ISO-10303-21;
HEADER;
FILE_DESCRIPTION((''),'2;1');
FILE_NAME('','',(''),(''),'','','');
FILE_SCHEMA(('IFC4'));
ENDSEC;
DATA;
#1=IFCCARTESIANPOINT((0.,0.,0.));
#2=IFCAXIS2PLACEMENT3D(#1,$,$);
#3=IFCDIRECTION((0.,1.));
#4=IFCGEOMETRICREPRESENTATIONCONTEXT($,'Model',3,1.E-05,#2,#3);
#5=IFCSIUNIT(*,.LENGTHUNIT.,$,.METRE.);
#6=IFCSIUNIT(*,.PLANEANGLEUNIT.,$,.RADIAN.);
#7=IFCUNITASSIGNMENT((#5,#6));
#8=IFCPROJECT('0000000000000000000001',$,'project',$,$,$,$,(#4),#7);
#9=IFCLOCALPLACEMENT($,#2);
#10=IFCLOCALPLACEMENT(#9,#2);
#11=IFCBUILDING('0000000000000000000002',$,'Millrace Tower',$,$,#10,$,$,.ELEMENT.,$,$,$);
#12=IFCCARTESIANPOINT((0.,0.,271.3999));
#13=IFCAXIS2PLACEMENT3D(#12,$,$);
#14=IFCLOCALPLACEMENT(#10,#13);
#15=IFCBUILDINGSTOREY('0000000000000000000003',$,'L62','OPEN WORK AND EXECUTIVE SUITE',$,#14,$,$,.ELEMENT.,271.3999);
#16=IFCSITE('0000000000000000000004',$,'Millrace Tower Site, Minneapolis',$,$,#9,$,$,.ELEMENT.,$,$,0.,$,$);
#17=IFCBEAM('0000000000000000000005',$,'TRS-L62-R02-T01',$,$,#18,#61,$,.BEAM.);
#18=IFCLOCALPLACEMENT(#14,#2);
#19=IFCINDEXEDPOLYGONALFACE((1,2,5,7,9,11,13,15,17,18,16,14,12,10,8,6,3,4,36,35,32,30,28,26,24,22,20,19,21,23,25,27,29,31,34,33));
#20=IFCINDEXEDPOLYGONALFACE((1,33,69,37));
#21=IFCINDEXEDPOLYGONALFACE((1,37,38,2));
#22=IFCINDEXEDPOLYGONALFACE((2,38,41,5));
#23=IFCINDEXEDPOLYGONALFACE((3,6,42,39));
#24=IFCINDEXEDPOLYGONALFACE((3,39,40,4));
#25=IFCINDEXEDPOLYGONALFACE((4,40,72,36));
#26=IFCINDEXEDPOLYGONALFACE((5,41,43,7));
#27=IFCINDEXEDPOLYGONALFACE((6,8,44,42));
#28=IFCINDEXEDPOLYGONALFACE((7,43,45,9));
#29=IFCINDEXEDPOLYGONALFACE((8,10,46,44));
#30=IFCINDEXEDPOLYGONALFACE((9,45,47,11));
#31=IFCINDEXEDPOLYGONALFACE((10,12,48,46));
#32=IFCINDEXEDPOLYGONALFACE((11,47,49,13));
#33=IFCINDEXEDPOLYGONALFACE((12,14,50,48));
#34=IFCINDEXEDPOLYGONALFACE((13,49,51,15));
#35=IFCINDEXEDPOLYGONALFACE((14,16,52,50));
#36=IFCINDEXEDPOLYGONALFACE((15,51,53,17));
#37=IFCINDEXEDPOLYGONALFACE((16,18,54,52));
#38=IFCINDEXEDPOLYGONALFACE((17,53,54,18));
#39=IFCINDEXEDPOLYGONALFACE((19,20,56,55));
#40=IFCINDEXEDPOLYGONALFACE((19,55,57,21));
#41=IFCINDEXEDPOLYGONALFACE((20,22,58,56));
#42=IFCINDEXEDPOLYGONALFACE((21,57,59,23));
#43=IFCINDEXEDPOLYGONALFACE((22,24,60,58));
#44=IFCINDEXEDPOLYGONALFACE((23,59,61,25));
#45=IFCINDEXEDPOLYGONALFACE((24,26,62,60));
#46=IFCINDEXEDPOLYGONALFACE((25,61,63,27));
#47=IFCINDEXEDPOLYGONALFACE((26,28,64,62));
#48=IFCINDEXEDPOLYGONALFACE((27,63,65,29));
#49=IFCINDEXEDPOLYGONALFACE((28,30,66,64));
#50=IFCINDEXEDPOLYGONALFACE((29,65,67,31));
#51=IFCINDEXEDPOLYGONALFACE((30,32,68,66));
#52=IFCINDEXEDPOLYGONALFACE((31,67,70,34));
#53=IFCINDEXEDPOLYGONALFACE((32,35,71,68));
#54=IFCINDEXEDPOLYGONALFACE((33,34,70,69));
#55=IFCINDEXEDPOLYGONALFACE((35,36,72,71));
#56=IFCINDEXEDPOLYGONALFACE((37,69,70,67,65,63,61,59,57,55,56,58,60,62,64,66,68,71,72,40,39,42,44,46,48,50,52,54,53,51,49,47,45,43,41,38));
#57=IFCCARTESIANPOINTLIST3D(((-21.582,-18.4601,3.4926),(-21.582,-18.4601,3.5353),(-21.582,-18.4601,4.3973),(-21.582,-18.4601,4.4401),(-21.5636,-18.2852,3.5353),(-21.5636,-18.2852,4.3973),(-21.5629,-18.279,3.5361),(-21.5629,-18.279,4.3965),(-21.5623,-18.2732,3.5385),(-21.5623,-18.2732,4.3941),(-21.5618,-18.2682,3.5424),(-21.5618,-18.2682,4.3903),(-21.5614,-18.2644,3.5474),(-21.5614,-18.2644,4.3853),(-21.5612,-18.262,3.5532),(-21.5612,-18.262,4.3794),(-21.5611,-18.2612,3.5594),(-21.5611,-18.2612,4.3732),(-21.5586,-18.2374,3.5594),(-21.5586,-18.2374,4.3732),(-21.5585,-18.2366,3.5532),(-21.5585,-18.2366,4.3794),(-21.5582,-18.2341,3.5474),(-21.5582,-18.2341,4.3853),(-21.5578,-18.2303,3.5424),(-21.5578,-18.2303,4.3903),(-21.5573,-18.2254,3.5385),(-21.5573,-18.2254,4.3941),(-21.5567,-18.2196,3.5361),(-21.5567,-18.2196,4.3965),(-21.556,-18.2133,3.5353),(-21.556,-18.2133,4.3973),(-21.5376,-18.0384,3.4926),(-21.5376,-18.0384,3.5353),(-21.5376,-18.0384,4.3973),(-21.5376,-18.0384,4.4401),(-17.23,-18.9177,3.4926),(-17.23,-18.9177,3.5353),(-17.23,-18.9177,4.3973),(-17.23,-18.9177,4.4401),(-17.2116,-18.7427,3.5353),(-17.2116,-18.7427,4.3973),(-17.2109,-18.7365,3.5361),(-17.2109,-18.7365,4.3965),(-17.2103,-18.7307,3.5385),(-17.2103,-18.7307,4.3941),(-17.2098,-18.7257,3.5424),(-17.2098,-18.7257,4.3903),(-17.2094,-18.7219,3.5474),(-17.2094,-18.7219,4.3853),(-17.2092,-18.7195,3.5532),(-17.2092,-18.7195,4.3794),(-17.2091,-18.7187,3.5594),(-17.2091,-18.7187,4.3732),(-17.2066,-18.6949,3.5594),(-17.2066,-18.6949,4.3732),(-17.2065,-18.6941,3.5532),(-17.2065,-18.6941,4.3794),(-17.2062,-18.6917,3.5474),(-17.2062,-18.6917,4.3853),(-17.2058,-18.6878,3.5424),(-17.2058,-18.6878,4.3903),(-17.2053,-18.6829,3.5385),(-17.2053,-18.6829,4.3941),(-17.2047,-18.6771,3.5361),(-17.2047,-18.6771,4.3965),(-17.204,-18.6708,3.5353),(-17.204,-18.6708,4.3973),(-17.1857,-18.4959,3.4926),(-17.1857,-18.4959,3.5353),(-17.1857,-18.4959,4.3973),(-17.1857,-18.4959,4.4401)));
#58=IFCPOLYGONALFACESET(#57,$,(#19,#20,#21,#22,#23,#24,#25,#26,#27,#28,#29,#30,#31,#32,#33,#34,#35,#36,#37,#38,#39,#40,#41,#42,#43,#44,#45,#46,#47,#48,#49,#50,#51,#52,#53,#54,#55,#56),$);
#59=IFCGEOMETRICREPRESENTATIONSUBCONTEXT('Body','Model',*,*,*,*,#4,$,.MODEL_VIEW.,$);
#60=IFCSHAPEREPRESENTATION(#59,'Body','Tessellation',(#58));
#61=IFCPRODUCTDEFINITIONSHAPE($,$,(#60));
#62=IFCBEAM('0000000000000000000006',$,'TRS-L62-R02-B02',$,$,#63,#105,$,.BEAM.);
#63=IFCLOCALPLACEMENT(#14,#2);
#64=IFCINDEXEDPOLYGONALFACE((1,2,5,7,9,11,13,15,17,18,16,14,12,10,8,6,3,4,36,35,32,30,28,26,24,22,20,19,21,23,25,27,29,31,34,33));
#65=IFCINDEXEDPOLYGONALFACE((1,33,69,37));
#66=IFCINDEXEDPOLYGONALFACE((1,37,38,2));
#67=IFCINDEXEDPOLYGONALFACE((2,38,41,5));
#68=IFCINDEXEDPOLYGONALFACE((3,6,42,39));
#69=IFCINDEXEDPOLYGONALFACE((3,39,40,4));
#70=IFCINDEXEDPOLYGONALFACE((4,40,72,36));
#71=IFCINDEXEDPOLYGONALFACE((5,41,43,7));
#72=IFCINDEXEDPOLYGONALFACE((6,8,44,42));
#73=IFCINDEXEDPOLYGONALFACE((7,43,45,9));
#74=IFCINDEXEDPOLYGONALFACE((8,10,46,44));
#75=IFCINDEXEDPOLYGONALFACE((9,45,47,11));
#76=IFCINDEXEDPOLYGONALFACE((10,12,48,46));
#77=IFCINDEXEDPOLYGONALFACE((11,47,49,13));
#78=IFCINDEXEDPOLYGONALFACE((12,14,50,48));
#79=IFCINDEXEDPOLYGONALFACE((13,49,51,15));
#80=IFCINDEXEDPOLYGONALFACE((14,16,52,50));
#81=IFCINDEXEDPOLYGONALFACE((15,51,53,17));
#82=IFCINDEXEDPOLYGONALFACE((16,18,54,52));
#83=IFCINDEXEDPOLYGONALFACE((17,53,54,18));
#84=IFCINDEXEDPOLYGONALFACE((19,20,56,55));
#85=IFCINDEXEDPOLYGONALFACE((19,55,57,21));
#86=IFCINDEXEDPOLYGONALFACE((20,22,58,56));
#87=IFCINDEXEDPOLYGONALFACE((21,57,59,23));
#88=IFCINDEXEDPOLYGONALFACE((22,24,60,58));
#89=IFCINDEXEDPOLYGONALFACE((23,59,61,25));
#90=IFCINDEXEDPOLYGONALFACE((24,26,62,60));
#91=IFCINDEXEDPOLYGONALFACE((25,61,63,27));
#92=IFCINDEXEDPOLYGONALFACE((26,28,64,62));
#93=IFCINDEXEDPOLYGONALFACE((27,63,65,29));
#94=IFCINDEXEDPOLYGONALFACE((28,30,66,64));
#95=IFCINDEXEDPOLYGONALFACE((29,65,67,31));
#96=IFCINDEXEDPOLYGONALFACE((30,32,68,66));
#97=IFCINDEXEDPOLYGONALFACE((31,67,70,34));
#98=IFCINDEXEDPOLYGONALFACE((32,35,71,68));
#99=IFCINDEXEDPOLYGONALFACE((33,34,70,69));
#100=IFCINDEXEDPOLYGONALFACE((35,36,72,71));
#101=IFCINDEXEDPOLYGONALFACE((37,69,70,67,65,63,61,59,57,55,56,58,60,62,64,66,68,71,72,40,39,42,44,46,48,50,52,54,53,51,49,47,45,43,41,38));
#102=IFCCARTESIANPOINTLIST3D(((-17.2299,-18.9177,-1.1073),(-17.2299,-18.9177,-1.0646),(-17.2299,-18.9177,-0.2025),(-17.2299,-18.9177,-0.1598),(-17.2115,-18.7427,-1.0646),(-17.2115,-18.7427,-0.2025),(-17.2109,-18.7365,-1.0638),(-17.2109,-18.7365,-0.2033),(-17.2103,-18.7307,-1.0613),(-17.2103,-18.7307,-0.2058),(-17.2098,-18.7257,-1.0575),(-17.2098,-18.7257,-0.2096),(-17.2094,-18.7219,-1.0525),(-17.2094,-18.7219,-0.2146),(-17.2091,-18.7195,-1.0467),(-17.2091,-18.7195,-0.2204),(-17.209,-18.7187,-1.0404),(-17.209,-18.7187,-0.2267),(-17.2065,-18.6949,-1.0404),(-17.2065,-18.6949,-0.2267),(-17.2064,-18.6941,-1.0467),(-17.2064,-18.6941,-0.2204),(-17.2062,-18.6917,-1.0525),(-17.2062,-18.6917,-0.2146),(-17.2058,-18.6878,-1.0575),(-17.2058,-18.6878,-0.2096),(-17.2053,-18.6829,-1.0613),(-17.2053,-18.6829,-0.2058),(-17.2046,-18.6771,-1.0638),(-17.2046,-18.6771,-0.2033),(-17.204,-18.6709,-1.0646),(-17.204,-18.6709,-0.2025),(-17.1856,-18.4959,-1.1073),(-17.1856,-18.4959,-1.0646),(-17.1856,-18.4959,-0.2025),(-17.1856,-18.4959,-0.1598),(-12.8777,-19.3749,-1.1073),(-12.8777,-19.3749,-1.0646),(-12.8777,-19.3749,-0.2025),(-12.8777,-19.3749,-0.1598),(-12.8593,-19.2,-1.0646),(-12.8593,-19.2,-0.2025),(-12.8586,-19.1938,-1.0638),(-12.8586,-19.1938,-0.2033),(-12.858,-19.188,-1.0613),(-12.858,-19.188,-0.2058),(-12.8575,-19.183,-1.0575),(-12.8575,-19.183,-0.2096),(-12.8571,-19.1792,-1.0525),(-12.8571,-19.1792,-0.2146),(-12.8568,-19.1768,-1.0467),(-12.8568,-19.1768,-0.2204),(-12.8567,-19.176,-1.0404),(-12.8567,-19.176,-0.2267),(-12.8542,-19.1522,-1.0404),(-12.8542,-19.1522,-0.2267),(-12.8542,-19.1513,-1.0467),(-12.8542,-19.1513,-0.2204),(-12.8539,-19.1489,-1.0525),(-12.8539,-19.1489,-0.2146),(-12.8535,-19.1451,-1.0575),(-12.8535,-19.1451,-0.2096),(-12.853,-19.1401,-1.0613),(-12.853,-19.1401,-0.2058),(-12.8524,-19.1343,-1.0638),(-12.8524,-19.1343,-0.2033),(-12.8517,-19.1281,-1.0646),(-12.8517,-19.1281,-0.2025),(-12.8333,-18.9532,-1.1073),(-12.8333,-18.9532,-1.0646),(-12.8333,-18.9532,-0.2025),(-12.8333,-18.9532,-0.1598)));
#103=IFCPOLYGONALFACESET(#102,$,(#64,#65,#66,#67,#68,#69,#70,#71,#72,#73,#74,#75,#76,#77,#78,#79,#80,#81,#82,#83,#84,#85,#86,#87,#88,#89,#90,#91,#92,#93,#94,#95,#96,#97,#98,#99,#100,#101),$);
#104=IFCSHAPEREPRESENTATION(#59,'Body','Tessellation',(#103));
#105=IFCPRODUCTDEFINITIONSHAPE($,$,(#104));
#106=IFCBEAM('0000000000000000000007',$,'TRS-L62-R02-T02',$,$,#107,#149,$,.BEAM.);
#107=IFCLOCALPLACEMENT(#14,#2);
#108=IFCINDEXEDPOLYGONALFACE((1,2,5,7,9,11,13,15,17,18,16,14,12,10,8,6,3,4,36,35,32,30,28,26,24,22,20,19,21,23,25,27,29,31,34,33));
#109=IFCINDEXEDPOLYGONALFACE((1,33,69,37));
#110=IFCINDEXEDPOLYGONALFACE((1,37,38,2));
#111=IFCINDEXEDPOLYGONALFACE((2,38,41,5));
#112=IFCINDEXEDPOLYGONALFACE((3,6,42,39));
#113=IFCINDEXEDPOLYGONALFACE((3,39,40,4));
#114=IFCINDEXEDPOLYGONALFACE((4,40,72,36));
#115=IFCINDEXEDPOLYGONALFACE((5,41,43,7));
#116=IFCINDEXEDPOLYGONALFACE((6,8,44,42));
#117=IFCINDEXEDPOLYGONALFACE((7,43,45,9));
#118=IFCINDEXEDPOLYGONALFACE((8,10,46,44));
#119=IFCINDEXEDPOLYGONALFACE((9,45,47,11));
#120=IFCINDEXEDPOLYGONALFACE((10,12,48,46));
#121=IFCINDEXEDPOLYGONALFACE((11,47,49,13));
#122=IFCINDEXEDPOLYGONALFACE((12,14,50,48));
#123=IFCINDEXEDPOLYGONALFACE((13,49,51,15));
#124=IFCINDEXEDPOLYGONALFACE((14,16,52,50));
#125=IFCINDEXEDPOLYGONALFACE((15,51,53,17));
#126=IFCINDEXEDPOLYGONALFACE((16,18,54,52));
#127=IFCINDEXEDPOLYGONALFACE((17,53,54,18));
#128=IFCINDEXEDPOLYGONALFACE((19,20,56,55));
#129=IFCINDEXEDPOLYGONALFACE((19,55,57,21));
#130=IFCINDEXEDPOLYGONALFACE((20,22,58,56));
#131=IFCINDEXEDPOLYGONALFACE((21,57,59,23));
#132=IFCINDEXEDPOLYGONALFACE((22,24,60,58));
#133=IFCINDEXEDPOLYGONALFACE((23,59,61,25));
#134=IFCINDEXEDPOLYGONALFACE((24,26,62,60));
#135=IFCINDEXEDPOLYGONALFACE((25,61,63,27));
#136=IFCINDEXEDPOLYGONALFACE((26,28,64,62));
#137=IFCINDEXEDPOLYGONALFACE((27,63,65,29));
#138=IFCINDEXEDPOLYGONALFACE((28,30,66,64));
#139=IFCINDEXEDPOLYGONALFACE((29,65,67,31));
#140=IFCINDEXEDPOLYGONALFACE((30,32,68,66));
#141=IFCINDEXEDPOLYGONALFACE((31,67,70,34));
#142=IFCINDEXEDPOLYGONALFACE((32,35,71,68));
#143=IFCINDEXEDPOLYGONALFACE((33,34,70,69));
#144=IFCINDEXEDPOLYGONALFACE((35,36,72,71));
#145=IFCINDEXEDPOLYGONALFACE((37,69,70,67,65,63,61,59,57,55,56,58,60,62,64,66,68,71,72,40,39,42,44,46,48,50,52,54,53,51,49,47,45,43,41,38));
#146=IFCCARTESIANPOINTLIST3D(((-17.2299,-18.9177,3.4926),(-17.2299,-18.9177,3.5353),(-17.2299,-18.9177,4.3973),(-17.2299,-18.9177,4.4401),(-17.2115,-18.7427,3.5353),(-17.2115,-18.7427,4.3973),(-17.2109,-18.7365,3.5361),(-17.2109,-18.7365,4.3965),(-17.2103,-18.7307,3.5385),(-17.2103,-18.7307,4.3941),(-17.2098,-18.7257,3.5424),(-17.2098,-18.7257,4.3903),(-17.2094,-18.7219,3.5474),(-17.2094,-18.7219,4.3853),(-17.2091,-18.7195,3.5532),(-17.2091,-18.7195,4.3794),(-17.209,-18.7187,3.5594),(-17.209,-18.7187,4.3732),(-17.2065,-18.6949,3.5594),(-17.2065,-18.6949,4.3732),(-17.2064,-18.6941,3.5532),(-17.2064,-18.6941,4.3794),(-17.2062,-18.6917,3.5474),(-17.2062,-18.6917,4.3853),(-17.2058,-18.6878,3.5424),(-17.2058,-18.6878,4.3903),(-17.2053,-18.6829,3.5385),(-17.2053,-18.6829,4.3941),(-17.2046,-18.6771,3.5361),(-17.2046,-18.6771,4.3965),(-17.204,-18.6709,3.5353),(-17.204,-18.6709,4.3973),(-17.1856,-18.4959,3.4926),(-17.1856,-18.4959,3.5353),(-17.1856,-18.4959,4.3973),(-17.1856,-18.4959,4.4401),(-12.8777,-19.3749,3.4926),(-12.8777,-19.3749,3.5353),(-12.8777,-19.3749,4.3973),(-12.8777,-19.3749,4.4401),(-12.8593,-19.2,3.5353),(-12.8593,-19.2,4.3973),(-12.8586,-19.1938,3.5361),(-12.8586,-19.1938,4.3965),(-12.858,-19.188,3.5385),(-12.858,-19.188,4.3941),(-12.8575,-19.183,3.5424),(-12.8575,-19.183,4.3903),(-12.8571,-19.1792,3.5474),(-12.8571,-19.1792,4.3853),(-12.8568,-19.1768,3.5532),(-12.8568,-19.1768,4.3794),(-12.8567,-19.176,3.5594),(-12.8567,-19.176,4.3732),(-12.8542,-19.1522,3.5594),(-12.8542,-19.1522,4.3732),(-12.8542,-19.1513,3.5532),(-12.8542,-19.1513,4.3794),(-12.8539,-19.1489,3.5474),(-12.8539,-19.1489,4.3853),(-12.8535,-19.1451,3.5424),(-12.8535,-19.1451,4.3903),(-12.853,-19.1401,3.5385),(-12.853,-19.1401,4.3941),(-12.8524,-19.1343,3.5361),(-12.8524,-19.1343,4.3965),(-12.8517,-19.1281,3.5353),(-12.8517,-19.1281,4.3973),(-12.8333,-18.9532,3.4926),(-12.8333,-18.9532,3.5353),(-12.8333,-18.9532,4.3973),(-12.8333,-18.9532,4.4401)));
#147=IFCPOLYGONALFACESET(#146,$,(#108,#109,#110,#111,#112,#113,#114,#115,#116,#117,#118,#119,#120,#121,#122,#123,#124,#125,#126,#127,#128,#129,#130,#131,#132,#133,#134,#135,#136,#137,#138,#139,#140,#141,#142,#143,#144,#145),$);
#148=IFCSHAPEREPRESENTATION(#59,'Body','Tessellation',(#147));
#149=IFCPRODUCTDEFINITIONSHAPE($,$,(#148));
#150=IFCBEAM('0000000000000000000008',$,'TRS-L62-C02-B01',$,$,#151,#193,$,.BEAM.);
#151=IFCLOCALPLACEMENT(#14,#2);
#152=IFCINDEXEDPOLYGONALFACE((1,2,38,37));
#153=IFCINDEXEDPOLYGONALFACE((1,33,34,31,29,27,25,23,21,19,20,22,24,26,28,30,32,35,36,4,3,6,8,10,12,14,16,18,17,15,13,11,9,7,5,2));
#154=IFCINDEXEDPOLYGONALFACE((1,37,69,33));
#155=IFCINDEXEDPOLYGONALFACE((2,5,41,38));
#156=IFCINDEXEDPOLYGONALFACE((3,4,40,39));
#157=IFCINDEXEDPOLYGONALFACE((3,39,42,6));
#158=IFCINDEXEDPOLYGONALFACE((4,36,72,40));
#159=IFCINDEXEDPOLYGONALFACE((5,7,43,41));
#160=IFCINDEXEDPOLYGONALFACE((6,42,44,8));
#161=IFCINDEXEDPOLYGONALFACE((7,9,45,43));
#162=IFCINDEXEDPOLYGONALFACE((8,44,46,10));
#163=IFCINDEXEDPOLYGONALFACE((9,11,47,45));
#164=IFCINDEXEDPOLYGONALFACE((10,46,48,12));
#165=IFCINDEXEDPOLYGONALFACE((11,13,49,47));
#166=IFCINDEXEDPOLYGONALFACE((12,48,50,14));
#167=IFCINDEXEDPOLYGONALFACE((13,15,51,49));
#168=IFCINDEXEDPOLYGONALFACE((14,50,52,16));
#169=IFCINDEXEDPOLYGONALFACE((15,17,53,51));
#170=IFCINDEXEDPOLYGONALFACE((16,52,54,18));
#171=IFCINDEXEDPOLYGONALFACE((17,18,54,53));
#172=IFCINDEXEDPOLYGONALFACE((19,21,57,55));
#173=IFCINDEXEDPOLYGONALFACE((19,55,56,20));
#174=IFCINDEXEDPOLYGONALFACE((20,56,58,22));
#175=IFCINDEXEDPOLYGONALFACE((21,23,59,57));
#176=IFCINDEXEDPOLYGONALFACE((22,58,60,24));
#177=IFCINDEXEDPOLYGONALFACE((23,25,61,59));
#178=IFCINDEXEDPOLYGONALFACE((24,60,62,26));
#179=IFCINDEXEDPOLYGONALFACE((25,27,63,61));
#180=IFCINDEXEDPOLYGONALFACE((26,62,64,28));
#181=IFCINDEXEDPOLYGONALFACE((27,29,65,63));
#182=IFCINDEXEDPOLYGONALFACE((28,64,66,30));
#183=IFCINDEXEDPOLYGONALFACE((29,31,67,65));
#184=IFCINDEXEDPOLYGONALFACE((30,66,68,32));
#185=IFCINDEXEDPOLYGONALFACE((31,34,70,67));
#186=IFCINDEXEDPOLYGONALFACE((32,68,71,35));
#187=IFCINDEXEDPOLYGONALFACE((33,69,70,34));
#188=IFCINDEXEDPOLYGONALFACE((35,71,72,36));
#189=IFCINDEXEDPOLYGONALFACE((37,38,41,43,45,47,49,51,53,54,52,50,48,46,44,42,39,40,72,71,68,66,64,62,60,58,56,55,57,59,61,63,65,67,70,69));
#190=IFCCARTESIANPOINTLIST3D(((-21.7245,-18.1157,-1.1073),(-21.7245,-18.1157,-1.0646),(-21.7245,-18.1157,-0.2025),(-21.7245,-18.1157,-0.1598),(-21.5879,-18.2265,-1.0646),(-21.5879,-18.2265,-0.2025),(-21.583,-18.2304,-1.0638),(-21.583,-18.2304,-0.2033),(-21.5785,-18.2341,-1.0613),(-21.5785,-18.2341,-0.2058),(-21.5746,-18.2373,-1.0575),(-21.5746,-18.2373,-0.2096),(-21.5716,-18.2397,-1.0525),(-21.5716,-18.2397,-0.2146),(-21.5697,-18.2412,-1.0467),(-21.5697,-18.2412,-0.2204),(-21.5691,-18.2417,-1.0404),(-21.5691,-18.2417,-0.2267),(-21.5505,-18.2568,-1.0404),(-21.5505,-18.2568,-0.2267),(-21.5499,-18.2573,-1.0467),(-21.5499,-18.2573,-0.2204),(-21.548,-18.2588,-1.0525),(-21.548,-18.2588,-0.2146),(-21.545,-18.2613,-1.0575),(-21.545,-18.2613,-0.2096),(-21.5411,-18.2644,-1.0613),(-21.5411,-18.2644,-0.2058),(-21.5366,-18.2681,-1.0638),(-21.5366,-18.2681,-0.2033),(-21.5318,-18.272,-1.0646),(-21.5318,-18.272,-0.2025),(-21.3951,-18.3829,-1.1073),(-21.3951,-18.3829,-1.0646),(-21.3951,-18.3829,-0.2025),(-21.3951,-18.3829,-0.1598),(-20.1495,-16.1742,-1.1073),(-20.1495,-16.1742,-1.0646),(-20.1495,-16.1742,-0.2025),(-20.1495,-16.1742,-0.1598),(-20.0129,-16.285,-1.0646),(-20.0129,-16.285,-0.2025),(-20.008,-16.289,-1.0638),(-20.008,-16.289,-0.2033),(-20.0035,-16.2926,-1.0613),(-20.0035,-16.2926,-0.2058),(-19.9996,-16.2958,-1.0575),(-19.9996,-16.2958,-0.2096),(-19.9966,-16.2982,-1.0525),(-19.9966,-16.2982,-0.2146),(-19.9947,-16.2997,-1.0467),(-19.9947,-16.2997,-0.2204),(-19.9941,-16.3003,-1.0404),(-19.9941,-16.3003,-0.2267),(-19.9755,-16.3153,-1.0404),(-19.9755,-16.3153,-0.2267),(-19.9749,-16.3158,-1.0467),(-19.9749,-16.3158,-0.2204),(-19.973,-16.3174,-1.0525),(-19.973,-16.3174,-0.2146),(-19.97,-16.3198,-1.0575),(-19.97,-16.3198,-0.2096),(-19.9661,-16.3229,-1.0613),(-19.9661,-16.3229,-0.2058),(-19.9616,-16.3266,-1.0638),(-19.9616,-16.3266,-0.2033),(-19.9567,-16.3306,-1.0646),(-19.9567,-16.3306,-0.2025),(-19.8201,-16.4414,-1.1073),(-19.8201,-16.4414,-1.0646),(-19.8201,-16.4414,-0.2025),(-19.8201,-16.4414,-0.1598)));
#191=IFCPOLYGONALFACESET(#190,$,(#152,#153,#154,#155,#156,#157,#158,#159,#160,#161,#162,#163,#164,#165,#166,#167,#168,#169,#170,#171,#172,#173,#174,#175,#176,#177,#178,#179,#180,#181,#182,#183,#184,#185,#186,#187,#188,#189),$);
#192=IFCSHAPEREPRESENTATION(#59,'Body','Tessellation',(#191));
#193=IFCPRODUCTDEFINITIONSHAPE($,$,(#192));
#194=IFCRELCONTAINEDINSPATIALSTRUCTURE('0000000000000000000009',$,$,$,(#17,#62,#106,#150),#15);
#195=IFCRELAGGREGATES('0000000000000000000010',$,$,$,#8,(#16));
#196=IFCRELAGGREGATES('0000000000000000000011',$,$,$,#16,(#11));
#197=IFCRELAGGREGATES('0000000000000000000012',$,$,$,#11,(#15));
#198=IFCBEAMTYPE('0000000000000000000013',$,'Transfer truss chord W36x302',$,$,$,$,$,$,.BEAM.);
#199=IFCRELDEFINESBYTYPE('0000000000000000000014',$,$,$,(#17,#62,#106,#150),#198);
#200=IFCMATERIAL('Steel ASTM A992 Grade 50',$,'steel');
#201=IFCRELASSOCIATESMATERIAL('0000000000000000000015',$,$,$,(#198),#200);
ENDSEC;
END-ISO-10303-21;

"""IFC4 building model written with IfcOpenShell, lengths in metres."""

from ifc_helpers import new_model, si_unit, direction, frame, origin, origin_2d, place, context, subcontext, project, spatial, i_section, extrude, material, material_profile, profile_set, type_object, element, save


model = new_model("IFC4")

# Units and contexts
model_context = context("Model", 3, precision=1e-05, world=origin(), true_north=direction((0.0, 1.0)))
body_context = subcontext(model_context, "Body", "Model", "MODEL_VIEW")
ifc_project = project(units=[si_unit("LENGTHUNIT", "METRE"), si_unit("PLANEANGLEUNIT", "RADIAN")], contexts=[model_context])

# Site, building, storey
site_placement = place(None, origin())
site = spatial("IfcSite", under=ifc_project, at=site_placement, Name="Millrace Tower Site, Minneapolis", CompositionType="ELEMENT", RefElevation=0.0)
building_placement = place(site_placement, origin())
building = spatial("IfcBuilding", under=site, at=building_placement, Name="Millrace Tower", CompositionType="ELEMENT")
storey_placement = place(building_placement, frame((0.0, 0.0, 271.3999)))
storey = spatial("IfcBuildingStorey", under=building, at=storey_placement, Name="L62", Description="OPEN WORK AND EXECUTIVE SUITE", CompositionType="ELEMENT", Elevation=271.3999)

# Beams
ifc_material_1 = material(Name="Steel ASTM A992 Grade 50", Category="steel")
ifc_material_profile_1 = material_profile(ifc_material_1, i_section(OverallWidth=0.4241, OverallDepth=0.9475, WebThickness=0.0239, FlangeThickness=0.0427, FilletRadius=0.0242, at=origin_2d()))
ifc_profile_set_1 = profile_set([ifc_material_profile_1], Name="Steel ASTM A992 Grade 50")
beam_type = type_object("IfcBeamType", Name="Transfer truss chord W36x302", PredefinedType="BEAM", material=ifc_profile_set_1)
for number, where, z_axis, x_axis, name in (
    (1, (-21.5598, -18.2493, 3.9663), (0.99452, -0.104551, 0.0), (0.104551, 0.99452, 0.0), "TRS-L62-R02-T01"),
):
    element("IfcBeam", number, at=place(storey_placement, frame(where, z_axis=z_axis, x_axis=x_axis)), inside=storey, type_object=beam_type, Name=name, PredefinedType="BEAM", context=body_context, shape_type="SweptSolid", body=[
        extrude(i_section(OverallWidth=0.4241, OverallDepth=0.9475, WebThickness=0.0239, FlangeThickness=0.0427, FilletRadius=0.0242, at=origin_2d()), origin(), (0.0, 0.0, 1.0), 4.376),
    ])
for number, where, z_axis, x_axis, name in (
    (2, (-17.2078, -18.7068, -0.6335), (0.994526, -0.10449, 0.0), (0.10449, 0.994526, 0.0), "TRS-L62-R02-B02"),
    (3, (-17.2078, -18.7068, 3.9663), (0.994526, -0.10449, 0.0), (0.10449, 0.994526, 0.0), "TRS-L62-R02-T02"),
):
    element("IfcBeam", number, at=place(storey_placement, frame(where, z_axis=z_axis, x_axis=x_axis)), inside=storey, type_object=beam_type, Name=name, PredefinedType="BEAM", context=body_context, shape_type="SweptSolid", body=[
        extrude(i_section(OverallWidth=0.4241, OverallDepth=0.9475, WebThickness=0.0239, FlangeThickness=0.0427, FilletRadius=0.0242, at=origin_2d()), origin(), (0.0, 0.0, 1.0), 4.3762),
    ])
for number, where, z_axis, x_axis, name in (
    (4, (-21.5598, -18.2493, -0.6335), (0.630004, 0.776592, 0.0), (-0.776592, 0.630004, 0.0), "TRS-L62-C02-B01"),
):
    element("IfcBeam", number, at=place(storey_placement, frame(where, z_axis=z_axis, x_axis=x_axis)), inside=storey, type_object=beam_type, Name=name, PredefinedType="BEAM", context=body_context, shape_type="SweptSolid", body=[
        extrude(i_section(OverallWidth=0.4241, OverallDepth=0.9475, WebThickness=0.0239, FlangeThickness=0.0427, FilletRadius=0.0242, at=origin_2d()), origin(), (0.0, 0.0, 1.0), 2.5),
    ])

save(model, "model.ifc")
